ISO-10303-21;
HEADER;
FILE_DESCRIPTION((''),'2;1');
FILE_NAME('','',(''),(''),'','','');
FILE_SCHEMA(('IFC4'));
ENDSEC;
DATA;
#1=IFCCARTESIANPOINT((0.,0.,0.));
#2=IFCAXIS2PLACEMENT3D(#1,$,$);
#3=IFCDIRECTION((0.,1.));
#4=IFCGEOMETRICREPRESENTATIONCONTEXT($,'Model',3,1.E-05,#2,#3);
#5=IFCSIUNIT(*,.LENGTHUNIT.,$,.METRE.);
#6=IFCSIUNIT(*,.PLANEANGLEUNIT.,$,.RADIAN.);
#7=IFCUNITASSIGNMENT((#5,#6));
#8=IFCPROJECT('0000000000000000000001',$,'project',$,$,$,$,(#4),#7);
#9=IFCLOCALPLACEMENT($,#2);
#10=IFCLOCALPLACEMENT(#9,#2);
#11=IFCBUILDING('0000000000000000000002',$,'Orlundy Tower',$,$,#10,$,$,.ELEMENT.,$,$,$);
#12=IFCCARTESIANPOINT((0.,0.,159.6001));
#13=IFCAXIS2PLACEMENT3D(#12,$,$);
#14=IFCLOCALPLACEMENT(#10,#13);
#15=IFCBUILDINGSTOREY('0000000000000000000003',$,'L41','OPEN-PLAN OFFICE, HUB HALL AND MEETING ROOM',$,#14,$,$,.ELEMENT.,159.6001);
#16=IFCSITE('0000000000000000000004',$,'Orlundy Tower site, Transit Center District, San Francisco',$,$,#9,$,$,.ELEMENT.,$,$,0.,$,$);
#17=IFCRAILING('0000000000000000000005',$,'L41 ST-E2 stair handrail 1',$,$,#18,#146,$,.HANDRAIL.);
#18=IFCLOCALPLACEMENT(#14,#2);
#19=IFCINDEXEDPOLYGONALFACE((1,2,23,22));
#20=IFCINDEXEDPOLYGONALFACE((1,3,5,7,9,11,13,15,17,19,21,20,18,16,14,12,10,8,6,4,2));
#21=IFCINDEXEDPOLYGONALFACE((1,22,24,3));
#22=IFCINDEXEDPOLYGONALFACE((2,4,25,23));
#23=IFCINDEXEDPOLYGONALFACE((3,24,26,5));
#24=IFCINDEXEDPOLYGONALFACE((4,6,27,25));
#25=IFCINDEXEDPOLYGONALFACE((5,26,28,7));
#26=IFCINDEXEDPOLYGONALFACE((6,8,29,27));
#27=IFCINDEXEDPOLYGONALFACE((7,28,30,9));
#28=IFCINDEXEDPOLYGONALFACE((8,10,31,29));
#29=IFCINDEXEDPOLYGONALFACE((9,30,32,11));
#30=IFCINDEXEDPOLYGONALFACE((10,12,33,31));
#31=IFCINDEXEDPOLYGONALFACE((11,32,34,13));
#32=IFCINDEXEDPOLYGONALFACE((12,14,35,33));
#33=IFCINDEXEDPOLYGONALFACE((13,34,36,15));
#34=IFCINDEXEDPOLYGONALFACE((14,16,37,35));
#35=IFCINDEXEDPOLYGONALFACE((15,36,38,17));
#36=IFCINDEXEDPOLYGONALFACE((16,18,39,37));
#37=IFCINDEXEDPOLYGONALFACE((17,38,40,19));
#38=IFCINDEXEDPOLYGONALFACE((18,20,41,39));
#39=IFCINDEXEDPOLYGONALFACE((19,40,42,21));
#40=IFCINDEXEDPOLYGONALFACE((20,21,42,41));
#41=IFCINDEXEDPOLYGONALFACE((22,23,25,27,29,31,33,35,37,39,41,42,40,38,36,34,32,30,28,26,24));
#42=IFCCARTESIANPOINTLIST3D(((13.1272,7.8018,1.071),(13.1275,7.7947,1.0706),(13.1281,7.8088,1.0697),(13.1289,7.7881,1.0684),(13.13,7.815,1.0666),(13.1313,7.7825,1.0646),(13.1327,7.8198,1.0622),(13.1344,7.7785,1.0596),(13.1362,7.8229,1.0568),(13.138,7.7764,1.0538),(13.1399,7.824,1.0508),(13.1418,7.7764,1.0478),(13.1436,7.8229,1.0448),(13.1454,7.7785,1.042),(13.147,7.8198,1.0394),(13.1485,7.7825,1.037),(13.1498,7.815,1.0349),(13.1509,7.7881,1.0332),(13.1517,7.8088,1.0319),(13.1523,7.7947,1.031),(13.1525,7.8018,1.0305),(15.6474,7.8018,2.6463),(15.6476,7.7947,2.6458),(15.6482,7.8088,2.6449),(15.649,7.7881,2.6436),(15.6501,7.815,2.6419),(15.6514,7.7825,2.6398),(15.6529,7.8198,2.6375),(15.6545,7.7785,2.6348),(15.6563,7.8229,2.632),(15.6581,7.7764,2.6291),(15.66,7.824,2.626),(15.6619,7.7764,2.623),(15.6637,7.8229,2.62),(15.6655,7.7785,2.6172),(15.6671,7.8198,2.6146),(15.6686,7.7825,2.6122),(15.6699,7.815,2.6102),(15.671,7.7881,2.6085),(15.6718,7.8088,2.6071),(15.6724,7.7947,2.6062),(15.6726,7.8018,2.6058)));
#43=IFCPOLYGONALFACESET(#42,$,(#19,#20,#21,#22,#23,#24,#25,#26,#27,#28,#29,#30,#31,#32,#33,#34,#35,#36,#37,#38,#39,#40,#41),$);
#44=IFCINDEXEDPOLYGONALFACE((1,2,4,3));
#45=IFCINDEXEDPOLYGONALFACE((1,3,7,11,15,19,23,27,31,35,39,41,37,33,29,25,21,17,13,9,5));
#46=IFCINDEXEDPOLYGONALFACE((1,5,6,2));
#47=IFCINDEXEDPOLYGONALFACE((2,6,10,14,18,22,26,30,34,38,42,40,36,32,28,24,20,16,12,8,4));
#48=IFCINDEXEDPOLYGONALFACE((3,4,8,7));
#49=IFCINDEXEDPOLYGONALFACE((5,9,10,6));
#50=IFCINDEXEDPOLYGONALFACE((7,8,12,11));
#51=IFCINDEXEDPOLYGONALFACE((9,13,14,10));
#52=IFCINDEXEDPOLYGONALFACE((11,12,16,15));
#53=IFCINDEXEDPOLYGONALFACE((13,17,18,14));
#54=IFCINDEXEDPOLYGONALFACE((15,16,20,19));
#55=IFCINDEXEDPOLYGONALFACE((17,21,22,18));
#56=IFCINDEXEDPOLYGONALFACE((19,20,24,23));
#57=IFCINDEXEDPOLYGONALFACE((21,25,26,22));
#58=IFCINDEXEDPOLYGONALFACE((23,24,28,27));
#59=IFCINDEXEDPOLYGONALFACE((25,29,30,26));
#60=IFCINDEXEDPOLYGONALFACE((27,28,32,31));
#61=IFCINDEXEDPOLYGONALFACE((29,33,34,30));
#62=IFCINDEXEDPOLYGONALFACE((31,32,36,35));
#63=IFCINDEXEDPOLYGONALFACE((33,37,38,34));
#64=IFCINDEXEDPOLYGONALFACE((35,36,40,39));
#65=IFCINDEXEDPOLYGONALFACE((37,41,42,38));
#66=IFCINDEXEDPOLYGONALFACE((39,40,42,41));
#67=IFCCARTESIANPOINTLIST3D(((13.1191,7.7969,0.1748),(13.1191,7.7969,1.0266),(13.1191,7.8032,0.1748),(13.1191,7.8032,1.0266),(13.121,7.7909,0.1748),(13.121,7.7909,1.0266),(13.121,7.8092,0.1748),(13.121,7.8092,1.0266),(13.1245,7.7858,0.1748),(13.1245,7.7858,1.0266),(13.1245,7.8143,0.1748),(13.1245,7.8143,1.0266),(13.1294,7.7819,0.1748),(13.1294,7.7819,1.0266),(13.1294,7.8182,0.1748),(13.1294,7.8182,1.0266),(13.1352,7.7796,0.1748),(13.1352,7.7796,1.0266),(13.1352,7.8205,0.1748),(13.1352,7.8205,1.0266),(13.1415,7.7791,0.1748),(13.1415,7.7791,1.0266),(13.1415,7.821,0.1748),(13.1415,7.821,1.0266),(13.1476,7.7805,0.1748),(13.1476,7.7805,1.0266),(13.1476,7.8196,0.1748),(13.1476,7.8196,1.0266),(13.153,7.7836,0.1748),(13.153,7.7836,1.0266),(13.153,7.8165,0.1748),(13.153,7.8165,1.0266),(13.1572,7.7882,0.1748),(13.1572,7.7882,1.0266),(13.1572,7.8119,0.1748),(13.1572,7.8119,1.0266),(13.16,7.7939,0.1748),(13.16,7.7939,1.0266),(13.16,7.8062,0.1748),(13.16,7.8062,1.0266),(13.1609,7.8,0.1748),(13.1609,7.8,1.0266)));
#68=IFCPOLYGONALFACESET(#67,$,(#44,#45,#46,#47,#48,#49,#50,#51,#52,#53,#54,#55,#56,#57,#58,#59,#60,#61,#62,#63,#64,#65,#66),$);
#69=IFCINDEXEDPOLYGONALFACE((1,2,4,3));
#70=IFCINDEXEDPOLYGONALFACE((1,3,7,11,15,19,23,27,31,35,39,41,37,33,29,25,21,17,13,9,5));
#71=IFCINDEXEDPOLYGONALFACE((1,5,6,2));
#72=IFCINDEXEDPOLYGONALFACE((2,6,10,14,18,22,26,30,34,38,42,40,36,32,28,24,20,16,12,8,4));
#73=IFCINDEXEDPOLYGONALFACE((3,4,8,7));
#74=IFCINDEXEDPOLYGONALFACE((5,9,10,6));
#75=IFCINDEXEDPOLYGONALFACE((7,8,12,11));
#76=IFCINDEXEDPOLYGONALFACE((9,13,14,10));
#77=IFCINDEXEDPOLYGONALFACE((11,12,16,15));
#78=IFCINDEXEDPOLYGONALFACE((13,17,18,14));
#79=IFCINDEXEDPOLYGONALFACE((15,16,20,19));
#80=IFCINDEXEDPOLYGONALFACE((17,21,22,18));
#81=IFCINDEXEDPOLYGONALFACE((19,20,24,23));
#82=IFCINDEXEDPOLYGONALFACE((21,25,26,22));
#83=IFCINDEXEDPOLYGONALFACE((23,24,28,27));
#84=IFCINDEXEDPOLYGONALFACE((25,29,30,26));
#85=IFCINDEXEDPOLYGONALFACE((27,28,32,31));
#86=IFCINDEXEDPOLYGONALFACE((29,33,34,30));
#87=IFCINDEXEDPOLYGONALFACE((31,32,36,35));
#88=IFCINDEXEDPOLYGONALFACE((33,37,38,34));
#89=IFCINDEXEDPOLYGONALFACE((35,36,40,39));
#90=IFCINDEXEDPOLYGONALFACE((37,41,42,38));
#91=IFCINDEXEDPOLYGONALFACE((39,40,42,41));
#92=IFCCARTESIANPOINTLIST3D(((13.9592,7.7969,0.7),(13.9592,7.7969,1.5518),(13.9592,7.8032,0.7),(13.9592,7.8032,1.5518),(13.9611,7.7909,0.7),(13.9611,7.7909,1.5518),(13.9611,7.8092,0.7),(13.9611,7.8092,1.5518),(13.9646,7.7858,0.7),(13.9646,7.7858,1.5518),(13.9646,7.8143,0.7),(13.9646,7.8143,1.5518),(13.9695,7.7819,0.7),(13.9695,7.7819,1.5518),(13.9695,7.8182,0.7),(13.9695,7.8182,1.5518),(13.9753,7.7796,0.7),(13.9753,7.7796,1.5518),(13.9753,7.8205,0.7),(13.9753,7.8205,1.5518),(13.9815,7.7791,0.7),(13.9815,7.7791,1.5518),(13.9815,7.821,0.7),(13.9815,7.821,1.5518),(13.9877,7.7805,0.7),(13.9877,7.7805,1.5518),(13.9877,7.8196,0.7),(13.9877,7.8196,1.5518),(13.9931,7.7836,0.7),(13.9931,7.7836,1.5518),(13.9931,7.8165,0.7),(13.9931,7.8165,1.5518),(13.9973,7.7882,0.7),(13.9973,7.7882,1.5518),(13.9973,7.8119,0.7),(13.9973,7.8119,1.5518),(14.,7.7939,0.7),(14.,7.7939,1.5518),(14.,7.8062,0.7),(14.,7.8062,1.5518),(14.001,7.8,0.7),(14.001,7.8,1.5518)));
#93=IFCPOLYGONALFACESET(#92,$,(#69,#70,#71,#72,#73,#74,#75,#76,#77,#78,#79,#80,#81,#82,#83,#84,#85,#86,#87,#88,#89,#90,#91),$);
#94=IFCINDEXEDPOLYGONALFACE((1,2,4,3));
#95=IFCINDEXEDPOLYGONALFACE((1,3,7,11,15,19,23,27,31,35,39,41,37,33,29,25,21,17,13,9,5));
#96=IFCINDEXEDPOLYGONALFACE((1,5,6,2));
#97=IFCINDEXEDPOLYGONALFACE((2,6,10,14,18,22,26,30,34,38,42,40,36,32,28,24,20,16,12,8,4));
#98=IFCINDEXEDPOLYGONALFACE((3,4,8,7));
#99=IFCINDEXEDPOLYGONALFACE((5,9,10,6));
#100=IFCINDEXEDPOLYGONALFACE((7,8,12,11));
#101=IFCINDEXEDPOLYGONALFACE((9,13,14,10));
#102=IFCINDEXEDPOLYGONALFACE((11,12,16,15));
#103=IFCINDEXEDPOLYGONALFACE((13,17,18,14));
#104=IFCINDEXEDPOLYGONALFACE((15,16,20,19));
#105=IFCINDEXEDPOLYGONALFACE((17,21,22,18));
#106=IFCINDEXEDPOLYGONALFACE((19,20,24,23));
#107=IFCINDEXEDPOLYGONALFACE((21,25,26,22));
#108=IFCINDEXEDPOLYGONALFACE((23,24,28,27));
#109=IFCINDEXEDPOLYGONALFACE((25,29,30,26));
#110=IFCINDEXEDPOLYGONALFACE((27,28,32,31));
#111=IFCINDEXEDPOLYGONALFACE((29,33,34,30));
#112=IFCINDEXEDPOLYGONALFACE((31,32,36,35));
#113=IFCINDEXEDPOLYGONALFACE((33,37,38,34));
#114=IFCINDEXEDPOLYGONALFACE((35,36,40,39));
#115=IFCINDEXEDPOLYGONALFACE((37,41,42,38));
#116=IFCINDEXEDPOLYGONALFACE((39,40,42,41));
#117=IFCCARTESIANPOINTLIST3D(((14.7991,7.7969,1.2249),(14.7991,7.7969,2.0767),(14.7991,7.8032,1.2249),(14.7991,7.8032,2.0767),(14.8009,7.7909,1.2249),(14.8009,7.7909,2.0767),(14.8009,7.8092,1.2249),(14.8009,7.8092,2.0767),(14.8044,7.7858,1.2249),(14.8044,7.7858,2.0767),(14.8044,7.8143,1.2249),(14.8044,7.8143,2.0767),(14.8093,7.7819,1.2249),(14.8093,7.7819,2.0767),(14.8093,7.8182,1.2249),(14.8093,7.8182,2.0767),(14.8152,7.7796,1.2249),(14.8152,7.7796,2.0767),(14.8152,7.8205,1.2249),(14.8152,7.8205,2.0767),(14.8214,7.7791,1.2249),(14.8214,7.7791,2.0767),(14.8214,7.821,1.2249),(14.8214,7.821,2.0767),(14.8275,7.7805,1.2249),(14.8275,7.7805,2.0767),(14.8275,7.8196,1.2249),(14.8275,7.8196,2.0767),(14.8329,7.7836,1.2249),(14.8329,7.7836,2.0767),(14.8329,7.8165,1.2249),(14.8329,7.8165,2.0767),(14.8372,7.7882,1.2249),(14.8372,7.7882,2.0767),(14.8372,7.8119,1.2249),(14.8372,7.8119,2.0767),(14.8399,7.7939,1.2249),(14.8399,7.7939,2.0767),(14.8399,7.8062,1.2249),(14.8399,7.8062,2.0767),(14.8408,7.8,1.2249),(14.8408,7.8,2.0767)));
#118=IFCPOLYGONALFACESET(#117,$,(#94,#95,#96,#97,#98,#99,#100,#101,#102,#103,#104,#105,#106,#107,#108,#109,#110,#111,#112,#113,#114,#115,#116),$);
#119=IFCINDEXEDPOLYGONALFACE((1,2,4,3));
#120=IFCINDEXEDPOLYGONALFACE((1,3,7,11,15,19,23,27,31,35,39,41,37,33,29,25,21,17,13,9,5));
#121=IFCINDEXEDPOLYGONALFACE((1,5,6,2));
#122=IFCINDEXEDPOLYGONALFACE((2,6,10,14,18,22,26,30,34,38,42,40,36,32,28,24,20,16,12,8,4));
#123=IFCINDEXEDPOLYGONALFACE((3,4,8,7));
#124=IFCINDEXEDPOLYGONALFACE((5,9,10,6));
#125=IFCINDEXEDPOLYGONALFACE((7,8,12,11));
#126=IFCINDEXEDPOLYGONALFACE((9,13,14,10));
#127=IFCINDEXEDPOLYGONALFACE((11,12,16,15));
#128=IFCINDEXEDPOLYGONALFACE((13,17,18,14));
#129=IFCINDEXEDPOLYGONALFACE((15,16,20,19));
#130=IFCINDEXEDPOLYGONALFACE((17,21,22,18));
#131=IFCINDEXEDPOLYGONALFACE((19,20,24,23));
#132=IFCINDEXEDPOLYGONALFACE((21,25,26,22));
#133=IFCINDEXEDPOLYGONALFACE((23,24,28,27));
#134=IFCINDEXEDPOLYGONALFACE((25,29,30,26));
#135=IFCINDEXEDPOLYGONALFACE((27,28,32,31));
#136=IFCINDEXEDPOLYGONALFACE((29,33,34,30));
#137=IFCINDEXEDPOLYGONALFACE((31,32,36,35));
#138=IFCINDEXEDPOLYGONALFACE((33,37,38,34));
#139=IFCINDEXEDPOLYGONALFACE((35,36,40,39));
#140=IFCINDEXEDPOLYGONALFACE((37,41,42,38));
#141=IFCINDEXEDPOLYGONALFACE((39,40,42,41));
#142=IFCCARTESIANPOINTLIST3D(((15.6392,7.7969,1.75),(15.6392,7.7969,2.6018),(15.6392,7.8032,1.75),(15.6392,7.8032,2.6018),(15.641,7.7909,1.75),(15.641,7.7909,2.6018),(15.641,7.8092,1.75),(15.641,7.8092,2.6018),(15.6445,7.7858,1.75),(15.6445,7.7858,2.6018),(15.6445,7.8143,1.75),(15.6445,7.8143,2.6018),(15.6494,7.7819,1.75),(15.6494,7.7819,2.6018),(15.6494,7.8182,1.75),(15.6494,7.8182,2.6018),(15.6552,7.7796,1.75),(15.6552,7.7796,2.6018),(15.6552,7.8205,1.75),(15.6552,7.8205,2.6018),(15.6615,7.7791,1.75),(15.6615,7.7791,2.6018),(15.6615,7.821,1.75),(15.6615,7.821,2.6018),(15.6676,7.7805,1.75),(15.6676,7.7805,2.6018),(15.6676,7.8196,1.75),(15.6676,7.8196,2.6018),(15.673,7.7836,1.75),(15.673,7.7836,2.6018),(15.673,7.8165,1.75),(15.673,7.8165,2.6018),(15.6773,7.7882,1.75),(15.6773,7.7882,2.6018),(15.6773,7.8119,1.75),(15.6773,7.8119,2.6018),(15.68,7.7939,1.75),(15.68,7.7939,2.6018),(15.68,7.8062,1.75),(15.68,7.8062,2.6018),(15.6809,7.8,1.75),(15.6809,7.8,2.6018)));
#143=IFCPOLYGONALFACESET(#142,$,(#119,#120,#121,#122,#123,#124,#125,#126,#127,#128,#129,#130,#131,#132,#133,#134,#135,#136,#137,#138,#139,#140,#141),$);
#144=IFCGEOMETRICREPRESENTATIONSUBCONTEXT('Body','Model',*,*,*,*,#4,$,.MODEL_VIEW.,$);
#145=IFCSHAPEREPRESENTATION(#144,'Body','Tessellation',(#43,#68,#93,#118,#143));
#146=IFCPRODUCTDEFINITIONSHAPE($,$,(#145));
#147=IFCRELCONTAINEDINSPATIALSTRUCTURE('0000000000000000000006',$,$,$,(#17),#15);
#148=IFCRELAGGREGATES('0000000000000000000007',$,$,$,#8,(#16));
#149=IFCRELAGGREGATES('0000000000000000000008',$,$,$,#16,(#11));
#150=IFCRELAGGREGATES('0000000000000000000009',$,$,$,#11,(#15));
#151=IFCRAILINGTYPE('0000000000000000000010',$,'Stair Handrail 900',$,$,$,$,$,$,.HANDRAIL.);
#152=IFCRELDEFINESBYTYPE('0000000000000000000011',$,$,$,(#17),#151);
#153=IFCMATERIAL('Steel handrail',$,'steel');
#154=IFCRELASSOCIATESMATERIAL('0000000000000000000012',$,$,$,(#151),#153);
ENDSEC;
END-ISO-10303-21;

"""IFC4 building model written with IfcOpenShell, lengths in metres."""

from ifc_helpers import new_model, si_unit, direction, frame, origin, origin_2d, place, context, subcontext, project, spatial, circle, extrude, material, type_object, element, save


model = new_model("IFC4")

# Units and contexts
model_context = context("Model", 3, precision=1e-05, world=origin(), true_north=direction((0.0, 1.0)))
body_context = subcontext(model_context, "Body", "Model", "MODEL_VIEW")
ifc_project = project(units=[si_unit("LENGTHUNIT", "METRE"), si_unit("PLANEANGLEUNIT", "RADIAN")], contexts=[model_context])

# Site, building, storey
site_placement = place(None, origin())
site = spatial("IfcSite", under=ifc_project, at=site_placement, Name="Orlundy Tower site, Transit Center District, San Francisco", CompositionType="ELEMENT", RefElevation=0.0)
building_placement = place(site_placement, origin())
building = spatial("IfcBuilding", under=site, at=building_placement, Name="Orlundy Tower", CompositionType="ELEMENT")
storey_placement = place(building_placement, frame((0.0, 0.0, 159.6001)))
storey = spatial("IfcBuildingStorey", under=building, at=storey_placement, Name="L41", Description="OPEN-PLAN OFFICE, HUB HALL AND MEETING ROOM", CompositionType="ELEMENT", Elevation=159.6001)

# Railing
ifc_material_1 = material(Name="Steel handrail", Category="steel")
railing_type_1 = type_object("IfcRailingType", Name="Stair Handrail 900", PredefinedType="HANDRAIL", material=ifc_material_1)
for number, where, name in (
    (1, (13.1399, 7.8, 0.1748), "L41 ST-E2 stair handrail 1"),
):
    element("IfcRailing", number, at=place(storey_placement, frame(where)), inside=storey, type_object=railing_type_1, Name=name, PredefinedType="HANDRAIL", context=body_context, shape_type="SweptSolid", body=[
        extrude(circle(Radius=0.0239, at=origin_2d()), frame((0.0, 0.0, 0.876), z_axis=(0.847971, 0.0, 0.530043), x_axis=(0.0, 1.0, 0.0)), (0.0, 0.0, 1.0), 2.9719),
        extrude(circle(Radius=0.021, at=origin_2d()), origin(), (0.0, 0.0, 1.0), 0.8518),
        extrude(circle(Radius=0.021, at=origin_2d()), frame((0.8401, 0.0, 0.5251)), (0.0, 0.0, 1.0), 0.8518),
        extrude(circle(Radius=0.021, at=origin_2d()), frame((1.6799, 0.0, 1.05)), (0.0, 0.0, 1.0), 0.8518),
        extrude(circle(Radius=0.021, at=origin_2d()), frame((2.52, 0.0, 1.5752)), (0.0, 0.0, 1.0), 0.8518),
    ])

save(model, "model.ifc")
